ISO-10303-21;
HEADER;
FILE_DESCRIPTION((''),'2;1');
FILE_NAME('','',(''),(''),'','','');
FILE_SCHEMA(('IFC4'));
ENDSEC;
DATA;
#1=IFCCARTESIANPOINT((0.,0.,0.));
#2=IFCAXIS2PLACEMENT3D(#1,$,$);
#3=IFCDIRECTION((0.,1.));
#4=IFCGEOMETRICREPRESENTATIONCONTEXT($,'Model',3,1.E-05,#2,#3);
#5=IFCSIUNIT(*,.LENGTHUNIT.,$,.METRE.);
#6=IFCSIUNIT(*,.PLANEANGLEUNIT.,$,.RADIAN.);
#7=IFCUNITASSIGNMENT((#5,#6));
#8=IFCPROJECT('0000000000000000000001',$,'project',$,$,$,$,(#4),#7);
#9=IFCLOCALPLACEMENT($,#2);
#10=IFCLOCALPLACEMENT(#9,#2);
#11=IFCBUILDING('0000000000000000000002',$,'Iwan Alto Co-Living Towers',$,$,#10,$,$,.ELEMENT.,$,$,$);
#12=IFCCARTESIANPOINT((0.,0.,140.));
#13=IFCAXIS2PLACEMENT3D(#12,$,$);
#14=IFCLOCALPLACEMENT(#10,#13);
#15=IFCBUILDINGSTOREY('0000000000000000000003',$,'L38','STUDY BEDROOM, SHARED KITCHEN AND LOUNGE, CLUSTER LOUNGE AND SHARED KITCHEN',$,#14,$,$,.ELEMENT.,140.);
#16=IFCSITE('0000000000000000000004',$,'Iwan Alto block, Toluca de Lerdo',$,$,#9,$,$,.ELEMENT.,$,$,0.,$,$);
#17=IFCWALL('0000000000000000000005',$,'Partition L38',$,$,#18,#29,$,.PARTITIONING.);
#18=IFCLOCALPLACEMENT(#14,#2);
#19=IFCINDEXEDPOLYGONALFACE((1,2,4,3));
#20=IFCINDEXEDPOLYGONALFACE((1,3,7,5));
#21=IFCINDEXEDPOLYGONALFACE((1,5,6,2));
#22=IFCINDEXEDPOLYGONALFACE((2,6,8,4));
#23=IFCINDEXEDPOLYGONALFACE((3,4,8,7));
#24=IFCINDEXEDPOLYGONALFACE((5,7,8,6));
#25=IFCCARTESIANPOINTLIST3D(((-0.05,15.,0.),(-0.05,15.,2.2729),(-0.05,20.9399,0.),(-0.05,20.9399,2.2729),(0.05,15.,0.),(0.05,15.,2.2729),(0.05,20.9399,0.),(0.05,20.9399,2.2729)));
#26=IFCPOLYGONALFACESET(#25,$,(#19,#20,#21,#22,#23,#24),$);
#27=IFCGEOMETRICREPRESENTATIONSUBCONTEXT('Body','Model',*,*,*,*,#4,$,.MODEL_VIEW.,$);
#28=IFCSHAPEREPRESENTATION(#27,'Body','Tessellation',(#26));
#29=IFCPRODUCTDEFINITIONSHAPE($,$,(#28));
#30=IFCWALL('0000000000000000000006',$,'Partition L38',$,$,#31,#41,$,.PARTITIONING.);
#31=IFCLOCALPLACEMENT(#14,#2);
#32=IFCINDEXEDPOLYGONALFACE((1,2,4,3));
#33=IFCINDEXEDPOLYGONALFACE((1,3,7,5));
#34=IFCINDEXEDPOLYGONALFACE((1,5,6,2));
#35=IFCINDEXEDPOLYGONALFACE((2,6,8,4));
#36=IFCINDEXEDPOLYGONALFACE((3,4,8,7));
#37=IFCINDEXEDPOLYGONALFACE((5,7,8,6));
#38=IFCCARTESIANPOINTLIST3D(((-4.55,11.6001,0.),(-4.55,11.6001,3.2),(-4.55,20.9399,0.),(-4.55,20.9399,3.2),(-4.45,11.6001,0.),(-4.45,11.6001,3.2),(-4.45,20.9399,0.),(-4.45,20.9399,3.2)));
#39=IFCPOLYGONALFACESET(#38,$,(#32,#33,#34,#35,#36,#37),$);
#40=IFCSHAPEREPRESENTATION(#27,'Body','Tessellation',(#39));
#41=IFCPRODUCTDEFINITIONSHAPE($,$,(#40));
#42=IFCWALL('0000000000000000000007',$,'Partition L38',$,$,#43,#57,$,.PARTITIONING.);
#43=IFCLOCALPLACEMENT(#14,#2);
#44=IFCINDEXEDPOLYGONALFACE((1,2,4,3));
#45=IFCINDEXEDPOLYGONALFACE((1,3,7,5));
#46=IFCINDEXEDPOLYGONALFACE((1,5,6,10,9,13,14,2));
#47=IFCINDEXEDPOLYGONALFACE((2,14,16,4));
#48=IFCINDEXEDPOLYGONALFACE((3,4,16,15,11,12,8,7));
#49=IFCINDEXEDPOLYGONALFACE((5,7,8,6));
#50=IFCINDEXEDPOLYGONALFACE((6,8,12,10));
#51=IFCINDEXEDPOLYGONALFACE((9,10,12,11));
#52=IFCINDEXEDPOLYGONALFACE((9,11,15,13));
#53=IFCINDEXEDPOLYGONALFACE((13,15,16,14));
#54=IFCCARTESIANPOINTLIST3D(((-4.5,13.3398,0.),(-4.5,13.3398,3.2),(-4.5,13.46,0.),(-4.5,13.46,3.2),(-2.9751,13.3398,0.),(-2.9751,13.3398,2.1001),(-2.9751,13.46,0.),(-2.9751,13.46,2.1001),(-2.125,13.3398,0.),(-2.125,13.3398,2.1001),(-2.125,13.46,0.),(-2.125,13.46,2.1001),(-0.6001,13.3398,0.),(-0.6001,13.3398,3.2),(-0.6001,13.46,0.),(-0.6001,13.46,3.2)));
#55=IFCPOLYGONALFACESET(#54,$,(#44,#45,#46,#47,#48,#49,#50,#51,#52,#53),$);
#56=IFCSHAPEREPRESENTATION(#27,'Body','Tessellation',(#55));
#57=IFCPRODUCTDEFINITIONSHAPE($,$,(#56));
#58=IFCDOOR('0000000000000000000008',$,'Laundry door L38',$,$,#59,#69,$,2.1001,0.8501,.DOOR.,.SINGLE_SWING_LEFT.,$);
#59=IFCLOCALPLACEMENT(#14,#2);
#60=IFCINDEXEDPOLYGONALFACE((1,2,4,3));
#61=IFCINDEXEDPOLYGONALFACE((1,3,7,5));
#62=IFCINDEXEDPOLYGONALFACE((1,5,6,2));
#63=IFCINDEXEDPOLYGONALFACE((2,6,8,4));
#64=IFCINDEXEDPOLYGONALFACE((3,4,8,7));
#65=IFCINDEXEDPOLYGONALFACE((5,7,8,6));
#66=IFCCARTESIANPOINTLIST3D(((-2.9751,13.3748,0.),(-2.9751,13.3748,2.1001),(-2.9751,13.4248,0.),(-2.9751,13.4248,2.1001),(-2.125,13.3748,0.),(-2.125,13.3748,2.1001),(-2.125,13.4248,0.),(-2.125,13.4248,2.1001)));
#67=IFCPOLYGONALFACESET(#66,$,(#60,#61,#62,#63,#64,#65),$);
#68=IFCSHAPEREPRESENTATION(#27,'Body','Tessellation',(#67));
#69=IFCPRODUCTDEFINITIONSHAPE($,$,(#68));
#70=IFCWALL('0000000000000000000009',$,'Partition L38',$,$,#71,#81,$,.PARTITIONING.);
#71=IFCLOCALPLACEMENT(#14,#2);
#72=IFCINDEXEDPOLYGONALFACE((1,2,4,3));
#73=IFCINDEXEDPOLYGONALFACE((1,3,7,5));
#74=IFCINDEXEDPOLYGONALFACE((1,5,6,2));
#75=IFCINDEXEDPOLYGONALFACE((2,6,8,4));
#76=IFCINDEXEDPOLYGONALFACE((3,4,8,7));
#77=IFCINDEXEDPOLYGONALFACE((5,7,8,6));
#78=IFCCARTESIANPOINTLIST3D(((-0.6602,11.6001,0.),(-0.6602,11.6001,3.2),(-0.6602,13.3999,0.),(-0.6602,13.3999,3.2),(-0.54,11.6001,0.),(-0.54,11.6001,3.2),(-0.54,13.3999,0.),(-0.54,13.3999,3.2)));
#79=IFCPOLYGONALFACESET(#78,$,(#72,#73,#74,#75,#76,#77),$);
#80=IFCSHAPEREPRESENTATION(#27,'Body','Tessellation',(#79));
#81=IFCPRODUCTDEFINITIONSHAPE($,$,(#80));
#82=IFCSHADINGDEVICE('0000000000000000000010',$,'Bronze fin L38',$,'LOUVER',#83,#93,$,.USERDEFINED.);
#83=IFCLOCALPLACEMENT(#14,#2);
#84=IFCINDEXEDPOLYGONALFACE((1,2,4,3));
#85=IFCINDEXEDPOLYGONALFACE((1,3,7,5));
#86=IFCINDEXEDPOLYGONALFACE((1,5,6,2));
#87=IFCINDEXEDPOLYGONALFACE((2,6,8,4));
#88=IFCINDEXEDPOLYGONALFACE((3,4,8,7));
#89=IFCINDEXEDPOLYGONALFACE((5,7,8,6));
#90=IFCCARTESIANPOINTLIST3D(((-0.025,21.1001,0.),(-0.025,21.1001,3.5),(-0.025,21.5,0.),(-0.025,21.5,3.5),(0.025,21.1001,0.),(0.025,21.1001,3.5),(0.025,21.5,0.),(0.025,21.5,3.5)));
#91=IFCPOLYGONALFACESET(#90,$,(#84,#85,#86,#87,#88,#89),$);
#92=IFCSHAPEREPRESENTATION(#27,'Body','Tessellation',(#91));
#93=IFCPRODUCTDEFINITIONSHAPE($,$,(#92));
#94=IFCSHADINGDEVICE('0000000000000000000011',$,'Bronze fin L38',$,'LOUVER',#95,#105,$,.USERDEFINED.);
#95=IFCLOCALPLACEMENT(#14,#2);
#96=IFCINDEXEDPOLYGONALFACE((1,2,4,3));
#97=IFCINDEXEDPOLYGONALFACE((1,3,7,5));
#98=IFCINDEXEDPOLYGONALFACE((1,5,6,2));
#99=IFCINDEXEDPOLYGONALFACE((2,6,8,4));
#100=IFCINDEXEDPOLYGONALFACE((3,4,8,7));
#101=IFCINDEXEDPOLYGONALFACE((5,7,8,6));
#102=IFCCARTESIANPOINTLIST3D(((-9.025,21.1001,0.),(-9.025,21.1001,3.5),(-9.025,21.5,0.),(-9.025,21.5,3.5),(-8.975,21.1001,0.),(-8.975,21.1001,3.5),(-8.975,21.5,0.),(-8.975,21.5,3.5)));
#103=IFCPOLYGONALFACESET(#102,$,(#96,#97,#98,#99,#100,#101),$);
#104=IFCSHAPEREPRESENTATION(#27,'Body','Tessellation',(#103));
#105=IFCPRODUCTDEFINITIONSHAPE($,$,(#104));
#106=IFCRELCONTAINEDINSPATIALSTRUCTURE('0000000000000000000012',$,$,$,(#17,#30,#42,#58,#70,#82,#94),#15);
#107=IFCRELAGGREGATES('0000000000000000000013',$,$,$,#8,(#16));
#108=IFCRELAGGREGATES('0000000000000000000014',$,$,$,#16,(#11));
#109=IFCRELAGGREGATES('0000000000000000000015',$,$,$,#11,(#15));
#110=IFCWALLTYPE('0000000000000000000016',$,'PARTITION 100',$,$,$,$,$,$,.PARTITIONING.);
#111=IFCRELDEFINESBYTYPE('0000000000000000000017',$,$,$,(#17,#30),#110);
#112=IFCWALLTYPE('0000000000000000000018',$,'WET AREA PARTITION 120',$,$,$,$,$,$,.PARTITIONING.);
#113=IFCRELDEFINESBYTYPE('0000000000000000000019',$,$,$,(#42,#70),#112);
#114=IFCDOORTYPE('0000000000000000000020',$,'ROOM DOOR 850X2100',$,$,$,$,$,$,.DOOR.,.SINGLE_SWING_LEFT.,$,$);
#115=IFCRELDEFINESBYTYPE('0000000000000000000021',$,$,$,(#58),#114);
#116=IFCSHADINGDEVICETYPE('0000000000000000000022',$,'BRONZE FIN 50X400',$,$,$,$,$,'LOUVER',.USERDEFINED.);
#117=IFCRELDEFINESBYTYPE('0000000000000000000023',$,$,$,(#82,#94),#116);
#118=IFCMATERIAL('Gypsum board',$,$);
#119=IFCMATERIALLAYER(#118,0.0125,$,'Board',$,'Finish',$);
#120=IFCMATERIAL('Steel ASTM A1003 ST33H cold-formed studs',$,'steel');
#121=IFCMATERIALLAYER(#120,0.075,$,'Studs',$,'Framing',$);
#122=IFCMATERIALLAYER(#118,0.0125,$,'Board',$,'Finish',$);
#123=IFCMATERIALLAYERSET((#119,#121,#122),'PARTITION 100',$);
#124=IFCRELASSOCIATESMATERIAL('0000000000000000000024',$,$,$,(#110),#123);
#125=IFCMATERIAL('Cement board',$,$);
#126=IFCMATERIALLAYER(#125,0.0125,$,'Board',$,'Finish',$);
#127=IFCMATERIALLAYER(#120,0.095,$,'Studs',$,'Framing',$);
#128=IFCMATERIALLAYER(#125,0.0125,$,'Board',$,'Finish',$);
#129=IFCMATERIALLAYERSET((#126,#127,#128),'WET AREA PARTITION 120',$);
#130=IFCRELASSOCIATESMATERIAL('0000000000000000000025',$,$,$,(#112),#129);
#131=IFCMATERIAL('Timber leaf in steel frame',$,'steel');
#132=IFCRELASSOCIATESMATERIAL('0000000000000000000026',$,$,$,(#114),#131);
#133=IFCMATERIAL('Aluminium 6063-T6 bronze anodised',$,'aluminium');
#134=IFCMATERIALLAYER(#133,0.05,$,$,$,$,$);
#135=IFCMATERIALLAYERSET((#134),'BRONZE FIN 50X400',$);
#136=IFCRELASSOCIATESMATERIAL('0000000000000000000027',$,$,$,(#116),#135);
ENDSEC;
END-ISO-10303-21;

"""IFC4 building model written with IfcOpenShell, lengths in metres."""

from ifc_helpers import new_model, si_unit, direction, frame, frame_2d, origin, origin_2d, place, context, subcontext, project, spatial, rectangle, extrude, material, layer, layer_set, type_object, element, fill, save


model = new_model("IFC4")

# Units and contexts
model_context = context("Model", 3, precision=1e-05, world=origin(), true_north=direction((0.0, 1.0)))
body_context = subcontext(model_context, "Body", "Model", "MODEL_VIEW")
ifc_project = project(units=[si_unit("LENGTHUNIT", "METRE"), si_unit("PLANEANGLEUNIT", "RADIAN")], contexts=[model_context])

# Site, building, storey
site_placement = place(None, origin())
site = spatial("IfcSite", under=ifc_project, at=site_placement, Name="Iwan Alto block, Toluca de Lerdo", CompositionType="ELEMENT", RefElevation=0.0)
building_placement = place(site_placement, origin())
building = spatial("IfcBuilding", under=site, at=building_placement, Name="Iwan Alto Co-Living Towers", CompositionType="ELEMENT")
storey_placement = place(building_placement, frame((0.0, 0.0, 140.0)))
storey = spatial("IfcBuildingStorey", under=building, at=storey_placement, Name="L38", Description="STUDY BEDROOM, SHARED KITCHEN AND LOUNGE, CLUSTER LOUNGE AND SHARED KITCHEN", CompositionType="ELEMENT", Elevation=140.0)

# Shared definitions
ifc_material_1 = material(Name="Gypsum board")
ifc_material_2 = material(Name="Steel ASTM A1003 ST33H cold-formed studs", Category="steel")

# Shared definitions
ifc_layer_1 = layer(ifc_material_1, 0.0125, Name="Board", Category="Finish")
ifc_layer_2 = layer(ifc_material_2, 0.075, Name="Studs", Category="Framing")
ifc_layer_3 = layer(ifc_material_1, 0.0125, Name="Board", Category="Finish")
ifc_layer_set_1 = layer_set([ifc_layer_1, ifc_layer_2, ifc_layer_3], Name="PARTITION 100")
wall_type_1 = type_object("IfcWallType", Name="PARTITION 100", PredefinedType="PARTITIONING", material=ifc_layer_set_1)

# Walls
wall_1_placement = place(storey_placement, frame((0.0, 15.0, 0.0), z_axis=(0.0, 0.0, 1.0), x_axis=(0.0, 1.0, 0.0)))
element("IfcWall", 1, at=wall_1_placement, inside=storey, type_object=wall_type_1, Name="Partition L38", PredefinedType="PARTITIONING", context=body_context, shape_type="SweptSolid", body=[
    extrude(rectangle(XDim=5.9399, YDim=0.1001, at=frame_2d((2.97, 0.0))), origin(), (0.0, 0.0, 1.0), 2.2729),
])
wall_2_placement = place(storey_placement, frame((-4.5, 11.6001, 0.0), z_axis=(0.0, 0.0, 1.0), x_axis=(0.0, 1.0, 0.0)))
element("IfcWall", 2, at=wall_2_placement, inside=storey, type_object=wall_type_1, Name="Partition L38", PredefinedType="PARTITIONING", context=body_context, shape_type="SweptSolid", body=[
    extrude(rectangle(XDim=9.3398, YDim=0.1001, at=frame_2d((4.6699, 0.0))), origin(), (0.0, 0.0, 1.0), 3.2),
])

# Wall, opening, door
ifc_material_3 = material(Name="Cement board")
ifc_layer_4 = layer(ifc_material_3, 0.0125, Name="Board", Category="Finish")
ifc_layer_5 = layer(ifc_material_2, 0.095, Name="Studs", Category="Framing")
ifc_layer_6 = layer(ifc_material_3, 0.0125, Name="Board", Category="Finish")
ifc_layer_set_2 = layer_set([ifc_layer_4, ifc_layer_5, ifc_layer_6], Name="WET AREA PARTITION 120")
wall_type_2 = type_object("IfcWallType", Name="WET AREA PARTITION 120", PredefinedType="PARTITIONING", material=ifc_layer_set_2)
wall_3_placement = place(storey_placement, frame((-4.5, 13.3999, 0.0), z_axis=(0.0, 0.0, 1.0), x_axis=(1.0, 0.0, 0.0)))
wall_3 = element("IfcWall", 3, at=wall_3_placement, inside=storey, type_object=wall_type_2, Name="Partition L38", PredefinedType="PARTITIONING", context=body_context, shape_type="SweptSolid", body=[
    extrude(rectangle(XDim=3.8999, YDim=0.1201, at=frame_2d((1.95, 0.0))), origin(), (0.0, 0.0, 1.0), 3.2),
])
opening_1_placement = place(wall_3_placement, frame((1.5249, 0.0, 0.0)))
opening_1 = element("IfcOpeningElement", 4, at=opening_1_placement, cuts=wall_3, PredefinedType="OPENING", context=body_context, shape_type="SweptSolid", body=[
    extrude(rectangle(XDim=0.8501, YDim=2.1001, at=frame_2d((0.425, 1.05))), frame((0.0, 0.0701, 0.0), z_axis=(0.0, -1.0, 0.0), x_axis=(1.0, 0.0, 0.0)), (0.0, 0.0, 1.0), 0.1401),
])
ifc_material_4 = material(Name="Timber leaf in steel frame", Category="steel")
door_type_1 = type_object("IfcDoorType", Name="ROOM DOOR 850X2100", OperationType="SINGLE_SWING_LEFT", PredefinedType="DOOR", material=ifc_material_4)
door_1_placement = place(opening_1_placement, origin())
door_1 = element("IfcDoor", 5, at=door_1_placement, inside=storey, type_object=door_type_1, Name="Laundry door L38", OperationType="SINGLE_SWING_LEFT", OverallHeight=2.1001, OverallWidth=0.8501, PredefinedType="DOOR", context=body_context, shape_type="SweptSolid", body=[
    extrude(rectangle(XDim=0.8501, YDim=2.1001, at=frame_2d((0.425, 1.05))), frame((0.0, 0.0249, 0.0), z_axis=(0.0, -1.0, 0.0), x_axis=(1.0, 0.0, 0.0)), (0.0, 0.0, 1.0), 0.05),
])
fill(opening_1, door_1)

# Wall
wall_4_placement = place(storey_placement, frame((-0.6001, 11.6001, 0.0), z_axis=(0.0, 0.0, 1.0), x_axis=(0.0, 1.0, 0.0)))
element("IfcWall", 6, at=wall_4_placement, inside=storey, type_object=wall_type_2, Name="Partition L38", PredefinedType="PARTITIONING", context=body_context, shape_type="SweptSolid", body=[
    extrude(rectangle(XDim=1.7998, YDim=0.1201, at=frame_2d((0.8999, 0.0))), origin(), (0.0, 0.0, 1.0), 3.2),
])

# Shading devices
ifc_material_5 = material(Name="Aluminium 6063-T6 bronze anodised", Category="aluminium")
ifc_layer_7 = layer(ifc_material_5, 0.05)
ifc_layer_set_3 = layer_set([ifc_layer_7], Name="BRONZE FIN 50X400")
shading_device_type = type_object("IfcShadingDeviceType", Name="BRONZE FIN 50X400", ElementType="LOUVER", PredefinedType="USERDEFINED", material=ifc_layer_set_3)
for number, where, z_axis, x_axis, name in (
    (7, (0.0, 21.3, 0.0), (0.0, 0.0, 1.0), (-1.0, 0.0, 0.0), "Bronze fin L38"),
    (8, (-9.0, 21.3, 0.0), (0.0, 0.0, 1.0), (-1.0, 0.0, 0.0), "Bronze fin L38"),
):
    element("IfcShadingDevice", number, at=place(storey_placement, frame(where, z_axis=z_axis, x_axis=x_axis)), inside=storey, type_object=shading_device_type, Name=name, ObjectType="LOUVER", PredefinedType="USERDEFINED", context=body_context, shape_type="SweptSolid", body=[
        extrude(rectangle(XDim=0.05, YDim=0.3999, at=origin_2d()), origin(), (0.0, 0.0, 1.0), 3.5),
    ])

save(model, "model.ifc")
